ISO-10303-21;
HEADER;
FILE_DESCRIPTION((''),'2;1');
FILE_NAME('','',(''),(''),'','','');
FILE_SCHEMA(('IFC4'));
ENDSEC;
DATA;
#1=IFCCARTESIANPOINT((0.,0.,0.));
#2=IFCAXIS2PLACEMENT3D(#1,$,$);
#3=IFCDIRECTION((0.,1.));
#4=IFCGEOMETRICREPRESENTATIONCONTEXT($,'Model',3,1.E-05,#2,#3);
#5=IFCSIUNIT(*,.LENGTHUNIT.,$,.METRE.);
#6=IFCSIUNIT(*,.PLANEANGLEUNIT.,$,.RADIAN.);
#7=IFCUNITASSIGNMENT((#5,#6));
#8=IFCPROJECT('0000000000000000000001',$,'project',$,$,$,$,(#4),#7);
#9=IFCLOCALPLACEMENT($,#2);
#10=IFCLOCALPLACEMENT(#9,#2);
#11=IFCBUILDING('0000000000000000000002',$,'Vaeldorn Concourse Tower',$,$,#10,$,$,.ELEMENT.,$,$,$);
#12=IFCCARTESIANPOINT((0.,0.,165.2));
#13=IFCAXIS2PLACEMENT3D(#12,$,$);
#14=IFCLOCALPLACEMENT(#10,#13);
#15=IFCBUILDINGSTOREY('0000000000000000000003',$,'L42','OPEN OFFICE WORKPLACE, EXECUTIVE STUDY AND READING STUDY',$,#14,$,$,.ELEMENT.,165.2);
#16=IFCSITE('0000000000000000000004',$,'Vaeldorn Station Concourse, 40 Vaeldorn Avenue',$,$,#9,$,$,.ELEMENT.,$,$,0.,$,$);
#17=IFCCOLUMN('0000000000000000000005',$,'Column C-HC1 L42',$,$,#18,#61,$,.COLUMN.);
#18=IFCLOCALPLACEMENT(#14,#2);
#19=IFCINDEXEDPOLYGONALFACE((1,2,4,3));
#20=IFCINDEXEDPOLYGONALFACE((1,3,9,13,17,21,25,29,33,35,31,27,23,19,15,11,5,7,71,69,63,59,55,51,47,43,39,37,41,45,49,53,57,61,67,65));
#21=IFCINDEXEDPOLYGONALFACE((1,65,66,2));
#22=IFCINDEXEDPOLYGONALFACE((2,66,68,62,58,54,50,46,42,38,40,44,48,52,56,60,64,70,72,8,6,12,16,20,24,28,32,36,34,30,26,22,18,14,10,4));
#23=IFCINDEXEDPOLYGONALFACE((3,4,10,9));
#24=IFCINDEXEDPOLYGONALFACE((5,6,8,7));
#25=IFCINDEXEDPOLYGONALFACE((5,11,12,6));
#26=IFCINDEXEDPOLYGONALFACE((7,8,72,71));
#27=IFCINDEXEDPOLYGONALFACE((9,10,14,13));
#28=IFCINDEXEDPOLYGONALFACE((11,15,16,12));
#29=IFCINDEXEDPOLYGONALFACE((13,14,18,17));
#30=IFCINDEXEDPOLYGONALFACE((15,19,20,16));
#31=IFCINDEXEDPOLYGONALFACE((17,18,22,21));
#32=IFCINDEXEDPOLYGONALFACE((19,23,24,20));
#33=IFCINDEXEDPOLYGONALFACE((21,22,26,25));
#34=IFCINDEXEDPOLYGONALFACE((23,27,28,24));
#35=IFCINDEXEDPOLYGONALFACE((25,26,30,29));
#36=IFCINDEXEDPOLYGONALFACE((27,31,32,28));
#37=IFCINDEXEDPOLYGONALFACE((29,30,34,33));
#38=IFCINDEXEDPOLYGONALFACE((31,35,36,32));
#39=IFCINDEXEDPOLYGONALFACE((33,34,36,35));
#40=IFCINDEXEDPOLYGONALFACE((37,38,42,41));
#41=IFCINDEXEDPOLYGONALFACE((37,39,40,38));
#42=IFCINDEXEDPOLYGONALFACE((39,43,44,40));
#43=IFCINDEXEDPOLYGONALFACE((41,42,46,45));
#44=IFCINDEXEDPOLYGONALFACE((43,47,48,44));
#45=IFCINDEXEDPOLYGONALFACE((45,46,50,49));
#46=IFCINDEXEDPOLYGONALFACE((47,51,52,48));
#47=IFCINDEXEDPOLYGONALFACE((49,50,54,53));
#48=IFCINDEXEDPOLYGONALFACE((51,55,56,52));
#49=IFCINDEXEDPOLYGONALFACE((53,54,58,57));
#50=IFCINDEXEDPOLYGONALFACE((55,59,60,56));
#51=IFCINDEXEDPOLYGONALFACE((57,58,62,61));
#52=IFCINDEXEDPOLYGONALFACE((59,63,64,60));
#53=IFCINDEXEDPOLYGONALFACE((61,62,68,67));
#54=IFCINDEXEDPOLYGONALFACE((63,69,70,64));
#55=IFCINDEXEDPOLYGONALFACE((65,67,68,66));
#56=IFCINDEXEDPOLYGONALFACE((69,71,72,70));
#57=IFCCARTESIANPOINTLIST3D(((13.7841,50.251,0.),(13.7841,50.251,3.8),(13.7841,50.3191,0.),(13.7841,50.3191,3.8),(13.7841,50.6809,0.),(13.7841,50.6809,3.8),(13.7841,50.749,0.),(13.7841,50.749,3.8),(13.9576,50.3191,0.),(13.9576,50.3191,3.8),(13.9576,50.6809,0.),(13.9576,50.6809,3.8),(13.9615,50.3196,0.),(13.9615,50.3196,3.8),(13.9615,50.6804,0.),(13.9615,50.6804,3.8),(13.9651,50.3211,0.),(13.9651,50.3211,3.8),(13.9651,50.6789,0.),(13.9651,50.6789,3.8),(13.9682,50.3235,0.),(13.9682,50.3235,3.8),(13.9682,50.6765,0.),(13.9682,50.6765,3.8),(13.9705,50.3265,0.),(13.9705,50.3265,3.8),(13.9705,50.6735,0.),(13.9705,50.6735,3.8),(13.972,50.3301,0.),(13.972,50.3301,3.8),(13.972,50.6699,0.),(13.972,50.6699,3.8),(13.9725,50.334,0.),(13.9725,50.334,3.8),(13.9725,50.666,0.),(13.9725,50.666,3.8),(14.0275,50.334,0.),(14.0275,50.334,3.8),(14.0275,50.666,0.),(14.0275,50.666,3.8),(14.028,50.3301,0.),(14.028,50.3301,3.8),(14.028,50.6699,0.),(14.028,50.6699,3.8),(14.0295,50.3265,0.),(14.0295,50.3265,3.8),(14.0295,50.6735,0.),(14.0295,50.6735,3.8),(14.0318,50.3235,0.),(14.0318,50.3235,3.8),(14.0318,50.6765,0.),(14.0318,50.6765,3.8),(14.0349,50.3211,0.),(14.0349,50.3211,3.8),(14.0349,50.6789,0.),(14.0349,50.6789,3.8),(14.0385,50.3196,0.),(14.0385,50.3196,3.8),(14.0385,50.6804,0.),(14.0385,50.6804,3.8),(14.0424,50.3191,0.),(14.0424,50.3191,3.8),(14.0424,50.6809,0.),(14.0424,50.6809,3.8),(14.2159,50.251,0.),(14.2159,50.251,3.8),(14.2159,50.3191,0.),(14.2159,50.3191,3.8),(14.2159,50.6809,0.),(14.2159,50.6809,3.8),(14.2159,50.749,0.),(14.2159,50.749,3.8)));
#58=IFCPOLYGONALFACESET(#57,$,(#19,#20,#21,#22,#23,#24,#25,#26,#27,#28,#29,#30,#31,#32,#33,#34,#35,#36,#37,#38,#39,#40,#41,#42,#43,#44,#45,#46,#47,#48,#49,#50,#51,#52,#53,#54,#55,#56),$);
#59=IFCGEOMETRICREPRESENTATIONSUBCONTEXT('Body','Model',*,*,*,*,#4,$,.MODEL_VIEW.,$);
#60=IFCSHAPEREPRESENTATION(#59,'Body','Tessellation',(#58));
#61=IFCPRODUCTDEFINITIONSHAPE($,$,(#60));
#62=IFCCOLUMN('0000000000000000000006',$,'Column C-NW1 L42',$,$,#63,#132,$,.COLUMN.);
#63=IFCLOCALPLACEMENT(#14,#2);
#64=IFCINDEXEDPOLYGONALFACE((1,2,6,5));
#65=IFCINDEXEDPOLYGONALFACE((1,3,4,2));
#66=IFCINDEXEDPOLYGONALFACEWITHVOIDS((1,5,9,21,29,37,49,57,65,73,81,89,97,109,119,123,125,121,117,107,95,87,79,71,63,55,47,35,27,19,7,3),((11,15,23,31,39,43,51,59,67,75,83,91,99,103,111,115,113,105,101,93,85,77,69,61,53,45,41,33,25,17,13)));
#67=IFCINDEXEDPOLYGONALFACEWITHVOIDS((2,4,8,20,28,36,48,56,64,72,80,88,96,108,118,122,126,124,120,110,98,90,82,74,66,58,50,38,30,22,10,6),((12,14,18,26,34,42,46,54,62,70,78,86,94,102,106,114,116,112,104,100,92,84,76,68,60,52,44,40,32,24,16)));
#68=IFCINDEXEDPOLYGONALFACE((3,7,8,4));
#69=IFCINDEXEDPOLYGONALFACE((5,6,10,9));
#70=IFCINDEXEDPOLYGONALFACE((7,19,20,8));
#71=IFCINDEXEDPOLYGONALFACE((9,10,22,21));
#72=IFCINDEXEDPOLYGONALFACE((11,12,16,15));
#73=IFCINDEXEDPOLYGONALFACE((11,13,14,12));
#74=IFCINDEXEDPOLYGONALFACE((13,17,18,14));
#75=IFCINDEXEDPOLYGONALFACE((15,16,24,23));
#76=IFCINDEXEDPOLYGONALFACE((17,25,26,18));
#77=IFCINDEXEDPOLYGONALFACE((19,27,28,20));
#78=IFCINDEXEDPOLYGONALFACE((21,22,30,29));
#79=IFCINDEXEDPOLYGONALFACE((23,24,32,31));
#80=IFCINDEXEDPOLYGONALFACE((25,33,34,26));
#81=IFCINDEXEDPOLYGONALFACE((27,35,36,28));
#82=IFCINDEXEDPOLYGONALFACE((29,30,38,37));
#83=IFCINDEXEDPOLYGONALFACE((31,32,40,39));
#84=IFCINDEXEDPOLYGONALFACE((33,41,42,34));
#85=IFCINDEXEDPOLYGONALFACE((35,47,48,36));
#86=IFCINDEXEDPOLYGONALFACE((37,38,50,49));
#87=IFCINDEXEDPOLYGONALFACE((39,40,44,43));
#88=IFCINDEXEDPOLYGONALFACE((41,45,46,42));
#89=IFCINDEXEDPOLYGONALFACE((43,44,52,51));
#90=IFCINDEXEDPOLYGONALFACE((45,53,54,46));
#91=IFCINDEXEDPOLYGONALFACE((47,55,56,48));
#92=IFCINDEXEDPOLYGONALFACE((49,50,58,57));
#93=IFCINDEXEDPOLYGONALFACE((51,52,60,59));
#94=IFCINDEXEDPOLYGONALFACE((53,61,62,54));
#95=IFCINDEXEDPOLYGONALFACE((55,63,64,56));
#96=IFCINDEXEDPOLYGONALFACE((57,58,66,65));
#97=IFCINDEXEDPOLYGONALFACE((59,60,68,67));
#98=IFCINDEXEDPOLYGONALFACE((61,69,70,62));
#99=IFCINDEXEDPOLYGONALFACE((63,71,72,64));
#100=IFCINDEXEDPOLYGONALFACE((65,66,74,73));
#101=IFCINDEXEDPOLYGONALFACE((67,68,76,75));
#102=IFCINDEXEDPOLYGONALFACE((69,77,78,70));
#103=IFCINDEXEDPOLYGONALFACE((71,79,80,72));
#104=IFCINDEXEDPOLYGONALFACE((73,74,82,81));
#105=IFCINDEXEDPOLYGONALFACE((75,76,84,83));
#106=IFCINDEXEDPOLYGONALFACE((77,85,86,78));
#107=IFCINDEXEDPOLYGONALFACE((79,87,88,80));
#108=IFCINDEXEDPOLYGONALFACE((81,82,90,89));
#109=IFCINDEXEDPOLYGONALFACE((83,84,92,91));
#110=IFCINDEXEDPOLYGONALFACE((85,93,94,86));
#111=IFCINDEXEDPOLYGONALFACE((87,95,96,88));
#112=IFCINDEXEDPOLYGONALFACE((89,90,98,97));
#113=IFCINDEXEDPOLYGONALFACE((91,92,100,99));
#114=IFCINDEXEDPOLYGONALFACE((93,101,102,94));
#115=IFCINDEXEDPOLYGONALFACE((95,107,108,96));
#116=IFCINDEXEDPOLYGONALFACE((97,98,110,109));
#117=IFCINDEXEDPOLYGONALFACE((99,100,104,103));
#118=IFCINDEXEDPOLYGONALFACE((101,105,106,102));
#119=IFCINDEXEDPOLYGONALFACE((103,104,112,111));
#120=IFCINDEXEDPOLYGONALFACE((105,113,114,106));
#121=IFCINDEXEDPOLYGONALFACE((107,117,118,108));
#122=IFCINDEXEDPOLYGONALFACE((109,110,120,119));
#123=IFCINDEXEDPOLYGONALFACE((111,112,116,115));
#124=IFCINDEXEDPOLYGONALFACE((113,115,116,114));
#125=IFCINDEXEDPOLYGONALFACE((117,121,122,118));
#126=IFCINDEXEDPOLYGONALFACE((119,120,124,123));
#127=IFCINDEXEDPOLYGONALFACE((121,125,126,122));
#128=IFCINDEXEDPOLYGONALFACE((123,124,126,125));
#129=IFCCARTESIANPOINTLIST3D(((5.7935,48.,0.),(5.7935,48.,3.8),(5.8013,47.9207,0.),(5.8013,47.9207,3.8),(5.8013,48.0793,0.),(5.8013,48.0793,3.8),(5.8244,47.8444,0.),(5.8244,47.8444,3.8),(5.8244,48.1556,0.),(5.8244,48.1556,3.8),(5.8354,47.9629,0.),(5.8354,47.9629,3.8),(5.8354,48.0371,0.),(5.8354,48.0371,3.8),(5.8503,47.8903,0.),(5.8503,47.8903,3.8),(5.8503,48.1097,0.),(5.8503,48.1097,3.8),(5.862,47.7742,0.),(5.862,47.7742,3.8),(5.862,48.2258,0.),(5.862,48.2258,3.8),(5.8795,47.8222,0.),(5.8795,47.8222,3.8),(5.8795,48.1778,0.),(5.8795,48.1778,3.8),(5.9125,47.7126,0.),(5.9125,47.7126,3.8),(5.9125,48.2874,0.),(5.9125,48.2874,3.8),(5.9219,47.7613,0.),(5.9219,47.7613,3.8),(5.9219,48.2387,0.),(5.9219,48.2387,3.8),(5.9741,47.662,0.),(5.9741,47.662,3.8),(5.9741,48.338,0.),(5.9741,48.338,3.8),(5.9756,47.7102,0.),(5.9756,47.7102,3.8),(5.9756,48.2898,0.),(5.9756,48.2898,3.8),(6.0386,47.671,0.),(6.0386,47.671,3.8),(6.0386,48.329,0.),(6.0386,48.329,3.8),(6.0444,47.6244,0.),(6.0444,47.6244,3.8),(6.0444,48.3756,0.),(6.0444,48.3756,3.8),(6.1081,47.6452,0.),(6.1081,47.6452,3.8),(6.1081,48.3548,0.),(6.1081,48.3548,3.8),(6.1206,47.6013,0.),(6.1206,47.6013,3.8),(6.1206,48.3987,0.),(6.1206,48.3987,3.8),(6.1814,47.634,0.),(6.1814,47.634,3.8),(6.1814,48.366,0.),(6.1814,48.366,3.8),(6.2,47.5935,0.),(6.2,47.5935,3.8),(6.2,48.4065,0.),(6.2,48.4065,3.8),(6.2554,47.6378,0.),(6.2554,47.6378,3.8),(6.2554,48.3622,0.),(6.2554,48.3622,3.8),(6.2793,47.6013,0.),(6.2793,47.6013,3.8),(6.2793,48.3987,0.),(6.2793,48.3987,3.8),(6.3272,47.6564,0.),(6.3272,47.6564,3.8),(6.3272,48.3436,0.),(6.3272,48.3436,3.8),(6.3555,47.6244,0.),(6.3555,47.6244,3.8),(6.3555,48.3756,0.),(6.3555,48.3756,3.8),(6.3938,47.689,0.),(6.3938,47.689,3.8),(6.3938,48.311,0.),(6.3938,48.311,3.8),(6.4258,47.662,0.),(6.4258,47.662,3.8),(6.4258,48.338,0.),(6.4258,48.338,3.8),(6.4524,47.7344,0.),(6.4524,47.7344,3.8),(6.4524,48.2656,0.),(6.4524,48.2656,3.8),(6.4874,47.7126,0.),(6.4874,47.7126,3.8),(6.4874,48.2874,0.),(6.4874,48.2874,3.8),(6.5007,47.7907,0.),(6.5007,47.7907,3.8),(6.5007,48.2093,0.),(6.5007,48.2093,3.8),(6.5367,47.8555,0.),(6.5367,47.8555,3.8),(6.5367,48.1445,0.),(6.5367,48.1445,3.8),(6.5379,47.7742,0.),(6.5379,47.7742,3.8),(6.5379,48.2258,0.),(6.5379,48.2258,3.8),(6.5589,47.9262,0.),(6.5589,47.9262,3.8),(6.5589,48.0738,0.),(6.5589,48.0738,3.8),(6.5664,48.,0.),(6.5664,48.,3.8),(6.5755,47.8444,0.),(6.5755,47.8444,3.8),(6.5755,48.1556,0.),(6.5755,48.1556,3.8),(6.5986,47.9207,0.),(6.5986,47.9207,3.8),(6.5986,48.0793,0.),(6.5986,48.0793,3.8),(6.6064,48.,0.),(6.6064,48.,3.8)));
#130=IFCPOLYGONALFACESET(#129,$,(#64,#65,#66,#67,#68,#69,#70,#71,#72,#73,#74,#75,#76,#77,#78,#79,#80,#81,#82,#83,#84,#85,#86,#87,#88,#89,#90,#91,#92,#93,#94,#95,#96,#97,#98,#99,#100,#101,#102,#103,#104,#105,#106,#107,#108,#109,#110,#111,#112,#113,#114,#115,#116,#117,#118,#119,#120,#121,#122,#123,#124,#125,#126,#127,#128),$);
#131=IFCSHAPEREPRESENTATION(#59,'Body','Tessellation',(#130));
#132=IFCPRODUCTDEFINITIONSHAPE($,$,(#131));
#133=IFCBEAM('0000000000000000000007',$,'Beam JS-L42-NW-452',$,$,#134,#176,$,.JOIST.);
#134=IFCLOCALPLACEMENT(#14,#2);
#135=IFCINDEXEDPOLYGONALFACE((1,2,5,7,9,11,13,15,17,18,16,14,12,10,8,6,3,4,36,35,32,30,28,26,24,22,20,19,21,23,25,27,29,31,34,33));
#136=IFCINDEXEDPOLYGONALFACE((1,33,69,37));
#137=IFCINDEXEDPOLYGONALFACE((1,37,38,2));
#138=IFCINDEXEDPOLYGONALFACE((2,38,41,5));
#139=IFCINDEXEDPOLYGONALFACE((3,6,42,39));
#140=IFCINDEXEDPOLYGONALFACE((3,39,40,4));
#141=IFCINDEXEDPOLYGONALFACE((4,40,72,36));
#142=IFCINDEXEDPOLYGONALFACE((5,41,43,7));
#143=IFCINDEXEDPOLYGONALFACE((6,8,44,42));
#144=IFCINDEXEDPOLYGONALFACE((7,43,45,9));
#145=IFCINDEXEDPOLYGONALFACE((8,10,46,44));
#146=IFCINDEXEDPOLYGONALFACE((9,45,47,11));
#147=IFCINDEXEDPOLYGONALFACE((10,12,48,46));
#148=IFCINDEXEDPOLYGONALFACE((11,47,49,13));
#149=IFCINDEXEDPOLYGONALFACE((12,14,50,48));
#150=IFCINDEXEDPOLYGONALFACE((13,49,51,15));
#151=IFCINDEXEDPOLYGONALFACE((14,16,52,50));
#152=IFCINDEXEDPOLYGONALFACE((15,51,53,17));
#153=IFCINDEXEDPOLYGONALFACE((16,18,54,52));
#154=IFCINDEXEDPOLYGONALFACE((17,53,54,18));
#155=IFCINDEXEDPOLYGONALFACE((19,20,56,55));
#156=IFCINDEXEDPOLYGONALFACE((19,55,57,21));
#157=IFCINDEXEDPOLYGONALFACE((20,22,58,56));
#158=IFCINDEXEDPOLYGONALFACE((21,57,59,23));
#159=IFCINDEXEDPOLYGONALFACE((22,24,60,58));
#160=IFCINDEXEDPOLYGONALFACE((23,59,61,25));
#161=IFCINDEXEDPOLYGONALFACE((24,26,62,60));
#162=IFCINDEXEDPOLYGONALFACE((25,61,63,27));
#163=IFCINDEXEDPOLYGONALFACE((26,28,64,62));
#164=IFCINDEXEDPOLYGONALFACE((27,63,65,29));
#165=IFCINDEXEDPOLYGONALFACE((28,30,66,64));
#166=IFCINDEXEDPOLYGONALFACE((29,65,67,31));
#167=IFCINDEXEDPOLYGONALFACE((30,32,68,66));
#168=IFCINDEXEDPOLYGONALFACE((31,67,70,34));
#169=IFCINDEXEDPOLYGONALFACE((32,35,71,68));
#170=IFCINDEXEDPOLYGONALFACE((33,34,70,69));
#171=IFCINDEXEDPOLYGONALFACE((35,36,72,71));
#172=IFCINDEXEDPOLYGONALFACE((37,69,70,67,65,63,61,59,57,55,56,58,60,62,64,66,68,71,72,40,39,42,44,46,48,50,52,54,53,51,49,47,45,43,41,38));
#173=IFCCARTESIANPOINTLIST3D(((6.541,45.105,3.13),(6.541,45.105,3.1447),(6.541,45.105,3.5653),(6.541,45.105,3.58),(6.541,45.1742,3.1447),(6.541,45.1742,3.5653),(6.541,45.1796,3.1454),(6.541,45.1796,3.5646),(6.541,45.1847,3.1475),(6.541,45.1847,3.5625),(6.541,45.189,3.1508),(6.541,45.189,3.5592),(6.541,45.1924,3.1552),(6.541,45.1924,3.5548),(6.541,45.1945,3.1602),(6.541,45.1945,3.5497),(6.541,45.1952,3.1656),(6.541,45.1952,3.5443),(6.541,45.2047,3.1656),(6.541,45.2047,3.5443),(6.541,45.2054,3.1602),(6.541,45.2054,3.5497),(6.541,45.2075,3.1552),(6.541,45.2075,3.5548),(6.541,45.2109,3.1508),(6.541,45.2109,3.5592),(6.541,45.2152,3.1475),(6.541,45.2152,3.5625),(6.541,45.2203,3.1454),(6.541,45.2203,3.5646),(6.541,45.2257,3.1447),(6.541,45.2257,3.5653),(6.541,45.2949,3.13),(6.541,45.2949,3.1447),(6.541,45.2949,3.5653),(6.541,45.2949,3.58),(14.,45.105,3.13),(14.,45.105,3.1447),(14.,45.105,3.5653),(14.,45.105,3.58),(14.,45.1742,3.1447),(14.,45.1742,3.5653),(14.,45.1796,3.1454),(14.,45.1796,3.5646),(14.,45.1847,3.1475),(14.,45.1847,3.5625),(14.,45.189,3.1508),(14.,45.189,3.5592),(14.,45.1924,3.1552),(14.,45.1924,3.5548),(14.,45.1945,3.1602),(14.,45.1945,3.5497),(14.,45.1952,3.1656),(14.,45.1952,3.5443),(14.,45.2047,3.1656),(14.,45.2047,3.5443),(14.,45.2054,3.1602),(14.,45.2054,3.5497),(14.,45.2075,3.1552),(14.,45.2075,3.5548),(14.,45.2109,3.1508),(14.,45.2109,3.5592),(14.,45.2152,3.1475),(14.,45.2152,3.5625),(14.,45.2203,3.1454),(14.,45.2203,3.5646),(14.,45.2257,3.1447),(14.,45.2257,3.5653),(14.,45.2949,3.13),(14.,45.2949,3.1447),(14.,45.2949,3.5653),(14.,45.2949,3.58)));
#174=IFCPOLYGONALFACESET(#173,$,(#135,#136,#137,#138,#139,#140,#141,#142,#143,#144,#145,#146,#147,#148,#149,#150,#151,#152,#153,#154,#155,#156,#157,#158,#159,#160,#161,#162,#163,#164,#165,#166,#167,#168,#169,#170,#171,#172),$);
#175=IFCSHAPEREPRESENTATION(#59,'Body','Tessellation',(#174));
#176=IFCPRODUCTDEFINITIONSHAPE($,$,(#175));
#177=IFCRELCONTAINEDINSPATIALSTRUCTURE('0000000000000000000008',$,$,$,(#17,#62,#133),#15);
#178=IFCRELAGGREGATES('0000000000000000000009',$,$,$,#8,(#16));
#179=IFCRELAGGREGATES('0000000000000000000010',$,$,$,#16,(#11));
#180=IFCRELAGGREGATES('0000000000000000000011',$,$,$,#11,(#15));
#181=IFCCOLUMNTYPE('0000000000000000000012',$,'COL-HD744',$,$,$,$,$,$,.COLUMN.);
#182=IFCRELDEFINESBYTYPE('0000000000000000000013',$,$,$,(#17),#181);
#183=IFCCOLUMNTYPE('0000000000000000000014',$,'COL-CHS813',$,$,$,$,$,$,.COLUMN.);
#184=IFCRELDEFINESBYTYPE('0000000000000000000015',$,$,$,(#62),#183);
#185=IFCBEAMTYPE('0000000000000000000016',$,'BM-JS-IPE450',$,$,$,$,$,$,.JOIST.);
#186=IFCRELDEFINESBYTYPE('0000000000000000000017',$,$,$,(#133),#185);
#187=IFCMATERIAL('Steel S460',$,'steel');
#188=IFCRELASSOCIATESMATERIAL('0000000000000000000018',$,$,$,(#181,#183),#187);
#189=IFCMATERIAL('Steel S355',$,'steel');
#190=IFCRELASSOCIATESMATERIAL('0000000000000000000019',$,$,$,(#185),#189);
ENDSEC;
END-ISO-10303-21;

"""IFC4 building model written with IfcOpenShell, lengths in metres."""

from ifc_helpers import new_model, si_unit, direction, frame, origin, origin_2d, place, context, subcontext, project, spatial, hollow_circle, i_section, extrude, source, transform, mapped, material, material_profile, profile_set, type_object, element, save


model = new_model("IFC4")

# Units and contexts
model_context = context("Model", 3, precision=1e-05, world=origin(), true_north=direction((0.0, 1.0)))
body_context = subcontext(model_context, "Body", "Model", "MODEL_VIEW")
ifc_project = project(units=[si_unit("LENGTHUNIT", "METRE"), si_unit("PLANEANGLEUNIT", "RADIAN")], contexts=[model_context])

# Site, building, storey
site_placement = place(None, origin())
site = spatial("IfcSite", under=ifc_project, at=site_placement, Name="Vaeldorn Station Concourse, 40 Vaeldorn Avenue", CompositionType="ELEMENT", RefElevation=0.0)
building_placement = place(site_placement, origin())
building = spatial("IfcBuilding", under=site, at=building_placement, Name="Vaeldorn Concourse Tower", CompositionType="ELEMENT")
storey_placement = place(building_placement, frame((0.0, 0.0, 165.2)))
storey = spatial("IfcBuildingStorey", under=building, at=storey_placement, Name="L42", Description="OPEN OFFICE WORKPLACE, EXECUTIVE STUDY AND READING STUDY", CompositionType="ELEMENT", Elevation=165.2)

# Columns
ifc_material_1 = material(Name="Steel S460", Category="steel")
ifc_material_profile_1 = material_profile(ifc_material_1, i_section(OverallWidth=0.4319, OverallDepth=0.498, WebThickness=0.0549, FlangeThickness=0.0681, FilletRadius=0.0149, at=origin_2d()), Name="HD 400x744")
ifc_profile_set_1 = profile_set([ifc_material_profile_1], Name="Steel S460")
column_type_1 = type_object("IfcColumnType", Name="COL-HD744", PredefinedType="COLUMN", material=ifc_profile_set_1)
shared_shape_1 = source(origin(), body_context, "Body", "SweptSolid", [
    extrude(i_section(OverallWidth=0.4319, OverallDepth=0.498, WebThickness=0.0549, FlangeThickness=0.0681, FilletRadius=0.0149, at=origin_2d()), origin(), (0.0, 0.0, 1.0), 3.8),
])
column_1_placement = place(storey_placement, frame((14.0, 50.5, 0.0), z_axis=(0.0, 0.0, 1.0), x_axis=(1.0, 0.0, 0.0)))
element("IfcColumn", 1, at=column_1_placement, inside=storey, type_object=column_type_1, Name="Column C-HC1 L42", PredefinedType="COLUMN", context=body_context, shape_type="MappedRepresentation", body=[
    mapped(shared_shape_1, transform((0.0, 0.0, 0.0), scale=1.0)),
])
ifc_material_profile_2 = material_profile(ifc_material_1, hollow_circle(Radius=0.4065, WallThickness=0.04, at=origin_2d()), Name="CHS 813x40")
ifc_profile_set_2 = profile_set([ifc_material_profile_2], Name="Steel S460")
column_type_2 = type_object("IfcColumnType", Name="COL-CHS813", PredefinedType="COLUMN", material=ifc_profile_set_2)
shared_shape_2 = source(origin(), body_context, "Body", "SweptSolid", [
    extrude(hollow_circle(Radius=0.4065, WallThickness=0.04, at=origin_2d()), origin(), (0.0, 0.0, 1.0), 3.8),
])
column_2_placement = place(storey_placement, frame((6.2, 48.0, 0.0), z_axis=(0.0, 0.0, 1.0), x_axis=(1.0, 0.0, 0.0)))
element("IfcColumn", 2, at=column_2_placement, inside=storey, type_object=column_type_2, Name="Column C-NW1 L42", PredefinedType="COLUMN", context=body_context, shape_type="MappedRepresentation", body=[
    mapped(shared_shape_2, transform((0.0, 0.0, 0.0), scale=1.0)),
])

# Beam
ifc_material_2 = material(Name="Steel S355", Category="steel")
ifc_material_profile_3 = material_profile(ifc_material_2, i_section(OverallWidth=0.1899, OverallDepth=0.45, WebThickness=0.0095, FlangeThickness=0.0146, FilletRadius=0.021, at=origin_2d()), Name="IPE 450")
ifc_profile_set_3 = profile_set([ifc_material_profile_3], Name="Steel S355")
beam_type_1 = type_object("IfcBeamType", Name="BM-JS-IPE450", PredefinedType="JOIST", material=ifc_profile_set_3)
shared_shape_3 = source(origin(), body_context, "Body", "SweptSolid", [
    extrude(i_section(OverallWidth=0.1899, OverallDepth=0.45, WebThickness=0.0095, FlangeThickness=0.0146, FilletRadius=0.021, at=origin_2d()), origin(), (0.0, 0.0, 1.0), 7.459),
])
beam_1_placement = place(storey_placement, frame((6.541, 45.2, 3.355), z_axis=(1.0, 0.0, 0.0), x_axis=(0.0, 1.0, 0.0)))
element("IfcBeam", 3, at=beam_1_placement, inside=storey, type_object=beam_type_1, Name="Beam JS-L42-NW-452", PredefinedType="JOIST", context=body_context, shape_type="MappedRepresentation", body=[
    mapped(shared_shape_3, transform((0.0, 0.0, 0.0), scale=1.0)),
])

save(model, "model.ifc")
